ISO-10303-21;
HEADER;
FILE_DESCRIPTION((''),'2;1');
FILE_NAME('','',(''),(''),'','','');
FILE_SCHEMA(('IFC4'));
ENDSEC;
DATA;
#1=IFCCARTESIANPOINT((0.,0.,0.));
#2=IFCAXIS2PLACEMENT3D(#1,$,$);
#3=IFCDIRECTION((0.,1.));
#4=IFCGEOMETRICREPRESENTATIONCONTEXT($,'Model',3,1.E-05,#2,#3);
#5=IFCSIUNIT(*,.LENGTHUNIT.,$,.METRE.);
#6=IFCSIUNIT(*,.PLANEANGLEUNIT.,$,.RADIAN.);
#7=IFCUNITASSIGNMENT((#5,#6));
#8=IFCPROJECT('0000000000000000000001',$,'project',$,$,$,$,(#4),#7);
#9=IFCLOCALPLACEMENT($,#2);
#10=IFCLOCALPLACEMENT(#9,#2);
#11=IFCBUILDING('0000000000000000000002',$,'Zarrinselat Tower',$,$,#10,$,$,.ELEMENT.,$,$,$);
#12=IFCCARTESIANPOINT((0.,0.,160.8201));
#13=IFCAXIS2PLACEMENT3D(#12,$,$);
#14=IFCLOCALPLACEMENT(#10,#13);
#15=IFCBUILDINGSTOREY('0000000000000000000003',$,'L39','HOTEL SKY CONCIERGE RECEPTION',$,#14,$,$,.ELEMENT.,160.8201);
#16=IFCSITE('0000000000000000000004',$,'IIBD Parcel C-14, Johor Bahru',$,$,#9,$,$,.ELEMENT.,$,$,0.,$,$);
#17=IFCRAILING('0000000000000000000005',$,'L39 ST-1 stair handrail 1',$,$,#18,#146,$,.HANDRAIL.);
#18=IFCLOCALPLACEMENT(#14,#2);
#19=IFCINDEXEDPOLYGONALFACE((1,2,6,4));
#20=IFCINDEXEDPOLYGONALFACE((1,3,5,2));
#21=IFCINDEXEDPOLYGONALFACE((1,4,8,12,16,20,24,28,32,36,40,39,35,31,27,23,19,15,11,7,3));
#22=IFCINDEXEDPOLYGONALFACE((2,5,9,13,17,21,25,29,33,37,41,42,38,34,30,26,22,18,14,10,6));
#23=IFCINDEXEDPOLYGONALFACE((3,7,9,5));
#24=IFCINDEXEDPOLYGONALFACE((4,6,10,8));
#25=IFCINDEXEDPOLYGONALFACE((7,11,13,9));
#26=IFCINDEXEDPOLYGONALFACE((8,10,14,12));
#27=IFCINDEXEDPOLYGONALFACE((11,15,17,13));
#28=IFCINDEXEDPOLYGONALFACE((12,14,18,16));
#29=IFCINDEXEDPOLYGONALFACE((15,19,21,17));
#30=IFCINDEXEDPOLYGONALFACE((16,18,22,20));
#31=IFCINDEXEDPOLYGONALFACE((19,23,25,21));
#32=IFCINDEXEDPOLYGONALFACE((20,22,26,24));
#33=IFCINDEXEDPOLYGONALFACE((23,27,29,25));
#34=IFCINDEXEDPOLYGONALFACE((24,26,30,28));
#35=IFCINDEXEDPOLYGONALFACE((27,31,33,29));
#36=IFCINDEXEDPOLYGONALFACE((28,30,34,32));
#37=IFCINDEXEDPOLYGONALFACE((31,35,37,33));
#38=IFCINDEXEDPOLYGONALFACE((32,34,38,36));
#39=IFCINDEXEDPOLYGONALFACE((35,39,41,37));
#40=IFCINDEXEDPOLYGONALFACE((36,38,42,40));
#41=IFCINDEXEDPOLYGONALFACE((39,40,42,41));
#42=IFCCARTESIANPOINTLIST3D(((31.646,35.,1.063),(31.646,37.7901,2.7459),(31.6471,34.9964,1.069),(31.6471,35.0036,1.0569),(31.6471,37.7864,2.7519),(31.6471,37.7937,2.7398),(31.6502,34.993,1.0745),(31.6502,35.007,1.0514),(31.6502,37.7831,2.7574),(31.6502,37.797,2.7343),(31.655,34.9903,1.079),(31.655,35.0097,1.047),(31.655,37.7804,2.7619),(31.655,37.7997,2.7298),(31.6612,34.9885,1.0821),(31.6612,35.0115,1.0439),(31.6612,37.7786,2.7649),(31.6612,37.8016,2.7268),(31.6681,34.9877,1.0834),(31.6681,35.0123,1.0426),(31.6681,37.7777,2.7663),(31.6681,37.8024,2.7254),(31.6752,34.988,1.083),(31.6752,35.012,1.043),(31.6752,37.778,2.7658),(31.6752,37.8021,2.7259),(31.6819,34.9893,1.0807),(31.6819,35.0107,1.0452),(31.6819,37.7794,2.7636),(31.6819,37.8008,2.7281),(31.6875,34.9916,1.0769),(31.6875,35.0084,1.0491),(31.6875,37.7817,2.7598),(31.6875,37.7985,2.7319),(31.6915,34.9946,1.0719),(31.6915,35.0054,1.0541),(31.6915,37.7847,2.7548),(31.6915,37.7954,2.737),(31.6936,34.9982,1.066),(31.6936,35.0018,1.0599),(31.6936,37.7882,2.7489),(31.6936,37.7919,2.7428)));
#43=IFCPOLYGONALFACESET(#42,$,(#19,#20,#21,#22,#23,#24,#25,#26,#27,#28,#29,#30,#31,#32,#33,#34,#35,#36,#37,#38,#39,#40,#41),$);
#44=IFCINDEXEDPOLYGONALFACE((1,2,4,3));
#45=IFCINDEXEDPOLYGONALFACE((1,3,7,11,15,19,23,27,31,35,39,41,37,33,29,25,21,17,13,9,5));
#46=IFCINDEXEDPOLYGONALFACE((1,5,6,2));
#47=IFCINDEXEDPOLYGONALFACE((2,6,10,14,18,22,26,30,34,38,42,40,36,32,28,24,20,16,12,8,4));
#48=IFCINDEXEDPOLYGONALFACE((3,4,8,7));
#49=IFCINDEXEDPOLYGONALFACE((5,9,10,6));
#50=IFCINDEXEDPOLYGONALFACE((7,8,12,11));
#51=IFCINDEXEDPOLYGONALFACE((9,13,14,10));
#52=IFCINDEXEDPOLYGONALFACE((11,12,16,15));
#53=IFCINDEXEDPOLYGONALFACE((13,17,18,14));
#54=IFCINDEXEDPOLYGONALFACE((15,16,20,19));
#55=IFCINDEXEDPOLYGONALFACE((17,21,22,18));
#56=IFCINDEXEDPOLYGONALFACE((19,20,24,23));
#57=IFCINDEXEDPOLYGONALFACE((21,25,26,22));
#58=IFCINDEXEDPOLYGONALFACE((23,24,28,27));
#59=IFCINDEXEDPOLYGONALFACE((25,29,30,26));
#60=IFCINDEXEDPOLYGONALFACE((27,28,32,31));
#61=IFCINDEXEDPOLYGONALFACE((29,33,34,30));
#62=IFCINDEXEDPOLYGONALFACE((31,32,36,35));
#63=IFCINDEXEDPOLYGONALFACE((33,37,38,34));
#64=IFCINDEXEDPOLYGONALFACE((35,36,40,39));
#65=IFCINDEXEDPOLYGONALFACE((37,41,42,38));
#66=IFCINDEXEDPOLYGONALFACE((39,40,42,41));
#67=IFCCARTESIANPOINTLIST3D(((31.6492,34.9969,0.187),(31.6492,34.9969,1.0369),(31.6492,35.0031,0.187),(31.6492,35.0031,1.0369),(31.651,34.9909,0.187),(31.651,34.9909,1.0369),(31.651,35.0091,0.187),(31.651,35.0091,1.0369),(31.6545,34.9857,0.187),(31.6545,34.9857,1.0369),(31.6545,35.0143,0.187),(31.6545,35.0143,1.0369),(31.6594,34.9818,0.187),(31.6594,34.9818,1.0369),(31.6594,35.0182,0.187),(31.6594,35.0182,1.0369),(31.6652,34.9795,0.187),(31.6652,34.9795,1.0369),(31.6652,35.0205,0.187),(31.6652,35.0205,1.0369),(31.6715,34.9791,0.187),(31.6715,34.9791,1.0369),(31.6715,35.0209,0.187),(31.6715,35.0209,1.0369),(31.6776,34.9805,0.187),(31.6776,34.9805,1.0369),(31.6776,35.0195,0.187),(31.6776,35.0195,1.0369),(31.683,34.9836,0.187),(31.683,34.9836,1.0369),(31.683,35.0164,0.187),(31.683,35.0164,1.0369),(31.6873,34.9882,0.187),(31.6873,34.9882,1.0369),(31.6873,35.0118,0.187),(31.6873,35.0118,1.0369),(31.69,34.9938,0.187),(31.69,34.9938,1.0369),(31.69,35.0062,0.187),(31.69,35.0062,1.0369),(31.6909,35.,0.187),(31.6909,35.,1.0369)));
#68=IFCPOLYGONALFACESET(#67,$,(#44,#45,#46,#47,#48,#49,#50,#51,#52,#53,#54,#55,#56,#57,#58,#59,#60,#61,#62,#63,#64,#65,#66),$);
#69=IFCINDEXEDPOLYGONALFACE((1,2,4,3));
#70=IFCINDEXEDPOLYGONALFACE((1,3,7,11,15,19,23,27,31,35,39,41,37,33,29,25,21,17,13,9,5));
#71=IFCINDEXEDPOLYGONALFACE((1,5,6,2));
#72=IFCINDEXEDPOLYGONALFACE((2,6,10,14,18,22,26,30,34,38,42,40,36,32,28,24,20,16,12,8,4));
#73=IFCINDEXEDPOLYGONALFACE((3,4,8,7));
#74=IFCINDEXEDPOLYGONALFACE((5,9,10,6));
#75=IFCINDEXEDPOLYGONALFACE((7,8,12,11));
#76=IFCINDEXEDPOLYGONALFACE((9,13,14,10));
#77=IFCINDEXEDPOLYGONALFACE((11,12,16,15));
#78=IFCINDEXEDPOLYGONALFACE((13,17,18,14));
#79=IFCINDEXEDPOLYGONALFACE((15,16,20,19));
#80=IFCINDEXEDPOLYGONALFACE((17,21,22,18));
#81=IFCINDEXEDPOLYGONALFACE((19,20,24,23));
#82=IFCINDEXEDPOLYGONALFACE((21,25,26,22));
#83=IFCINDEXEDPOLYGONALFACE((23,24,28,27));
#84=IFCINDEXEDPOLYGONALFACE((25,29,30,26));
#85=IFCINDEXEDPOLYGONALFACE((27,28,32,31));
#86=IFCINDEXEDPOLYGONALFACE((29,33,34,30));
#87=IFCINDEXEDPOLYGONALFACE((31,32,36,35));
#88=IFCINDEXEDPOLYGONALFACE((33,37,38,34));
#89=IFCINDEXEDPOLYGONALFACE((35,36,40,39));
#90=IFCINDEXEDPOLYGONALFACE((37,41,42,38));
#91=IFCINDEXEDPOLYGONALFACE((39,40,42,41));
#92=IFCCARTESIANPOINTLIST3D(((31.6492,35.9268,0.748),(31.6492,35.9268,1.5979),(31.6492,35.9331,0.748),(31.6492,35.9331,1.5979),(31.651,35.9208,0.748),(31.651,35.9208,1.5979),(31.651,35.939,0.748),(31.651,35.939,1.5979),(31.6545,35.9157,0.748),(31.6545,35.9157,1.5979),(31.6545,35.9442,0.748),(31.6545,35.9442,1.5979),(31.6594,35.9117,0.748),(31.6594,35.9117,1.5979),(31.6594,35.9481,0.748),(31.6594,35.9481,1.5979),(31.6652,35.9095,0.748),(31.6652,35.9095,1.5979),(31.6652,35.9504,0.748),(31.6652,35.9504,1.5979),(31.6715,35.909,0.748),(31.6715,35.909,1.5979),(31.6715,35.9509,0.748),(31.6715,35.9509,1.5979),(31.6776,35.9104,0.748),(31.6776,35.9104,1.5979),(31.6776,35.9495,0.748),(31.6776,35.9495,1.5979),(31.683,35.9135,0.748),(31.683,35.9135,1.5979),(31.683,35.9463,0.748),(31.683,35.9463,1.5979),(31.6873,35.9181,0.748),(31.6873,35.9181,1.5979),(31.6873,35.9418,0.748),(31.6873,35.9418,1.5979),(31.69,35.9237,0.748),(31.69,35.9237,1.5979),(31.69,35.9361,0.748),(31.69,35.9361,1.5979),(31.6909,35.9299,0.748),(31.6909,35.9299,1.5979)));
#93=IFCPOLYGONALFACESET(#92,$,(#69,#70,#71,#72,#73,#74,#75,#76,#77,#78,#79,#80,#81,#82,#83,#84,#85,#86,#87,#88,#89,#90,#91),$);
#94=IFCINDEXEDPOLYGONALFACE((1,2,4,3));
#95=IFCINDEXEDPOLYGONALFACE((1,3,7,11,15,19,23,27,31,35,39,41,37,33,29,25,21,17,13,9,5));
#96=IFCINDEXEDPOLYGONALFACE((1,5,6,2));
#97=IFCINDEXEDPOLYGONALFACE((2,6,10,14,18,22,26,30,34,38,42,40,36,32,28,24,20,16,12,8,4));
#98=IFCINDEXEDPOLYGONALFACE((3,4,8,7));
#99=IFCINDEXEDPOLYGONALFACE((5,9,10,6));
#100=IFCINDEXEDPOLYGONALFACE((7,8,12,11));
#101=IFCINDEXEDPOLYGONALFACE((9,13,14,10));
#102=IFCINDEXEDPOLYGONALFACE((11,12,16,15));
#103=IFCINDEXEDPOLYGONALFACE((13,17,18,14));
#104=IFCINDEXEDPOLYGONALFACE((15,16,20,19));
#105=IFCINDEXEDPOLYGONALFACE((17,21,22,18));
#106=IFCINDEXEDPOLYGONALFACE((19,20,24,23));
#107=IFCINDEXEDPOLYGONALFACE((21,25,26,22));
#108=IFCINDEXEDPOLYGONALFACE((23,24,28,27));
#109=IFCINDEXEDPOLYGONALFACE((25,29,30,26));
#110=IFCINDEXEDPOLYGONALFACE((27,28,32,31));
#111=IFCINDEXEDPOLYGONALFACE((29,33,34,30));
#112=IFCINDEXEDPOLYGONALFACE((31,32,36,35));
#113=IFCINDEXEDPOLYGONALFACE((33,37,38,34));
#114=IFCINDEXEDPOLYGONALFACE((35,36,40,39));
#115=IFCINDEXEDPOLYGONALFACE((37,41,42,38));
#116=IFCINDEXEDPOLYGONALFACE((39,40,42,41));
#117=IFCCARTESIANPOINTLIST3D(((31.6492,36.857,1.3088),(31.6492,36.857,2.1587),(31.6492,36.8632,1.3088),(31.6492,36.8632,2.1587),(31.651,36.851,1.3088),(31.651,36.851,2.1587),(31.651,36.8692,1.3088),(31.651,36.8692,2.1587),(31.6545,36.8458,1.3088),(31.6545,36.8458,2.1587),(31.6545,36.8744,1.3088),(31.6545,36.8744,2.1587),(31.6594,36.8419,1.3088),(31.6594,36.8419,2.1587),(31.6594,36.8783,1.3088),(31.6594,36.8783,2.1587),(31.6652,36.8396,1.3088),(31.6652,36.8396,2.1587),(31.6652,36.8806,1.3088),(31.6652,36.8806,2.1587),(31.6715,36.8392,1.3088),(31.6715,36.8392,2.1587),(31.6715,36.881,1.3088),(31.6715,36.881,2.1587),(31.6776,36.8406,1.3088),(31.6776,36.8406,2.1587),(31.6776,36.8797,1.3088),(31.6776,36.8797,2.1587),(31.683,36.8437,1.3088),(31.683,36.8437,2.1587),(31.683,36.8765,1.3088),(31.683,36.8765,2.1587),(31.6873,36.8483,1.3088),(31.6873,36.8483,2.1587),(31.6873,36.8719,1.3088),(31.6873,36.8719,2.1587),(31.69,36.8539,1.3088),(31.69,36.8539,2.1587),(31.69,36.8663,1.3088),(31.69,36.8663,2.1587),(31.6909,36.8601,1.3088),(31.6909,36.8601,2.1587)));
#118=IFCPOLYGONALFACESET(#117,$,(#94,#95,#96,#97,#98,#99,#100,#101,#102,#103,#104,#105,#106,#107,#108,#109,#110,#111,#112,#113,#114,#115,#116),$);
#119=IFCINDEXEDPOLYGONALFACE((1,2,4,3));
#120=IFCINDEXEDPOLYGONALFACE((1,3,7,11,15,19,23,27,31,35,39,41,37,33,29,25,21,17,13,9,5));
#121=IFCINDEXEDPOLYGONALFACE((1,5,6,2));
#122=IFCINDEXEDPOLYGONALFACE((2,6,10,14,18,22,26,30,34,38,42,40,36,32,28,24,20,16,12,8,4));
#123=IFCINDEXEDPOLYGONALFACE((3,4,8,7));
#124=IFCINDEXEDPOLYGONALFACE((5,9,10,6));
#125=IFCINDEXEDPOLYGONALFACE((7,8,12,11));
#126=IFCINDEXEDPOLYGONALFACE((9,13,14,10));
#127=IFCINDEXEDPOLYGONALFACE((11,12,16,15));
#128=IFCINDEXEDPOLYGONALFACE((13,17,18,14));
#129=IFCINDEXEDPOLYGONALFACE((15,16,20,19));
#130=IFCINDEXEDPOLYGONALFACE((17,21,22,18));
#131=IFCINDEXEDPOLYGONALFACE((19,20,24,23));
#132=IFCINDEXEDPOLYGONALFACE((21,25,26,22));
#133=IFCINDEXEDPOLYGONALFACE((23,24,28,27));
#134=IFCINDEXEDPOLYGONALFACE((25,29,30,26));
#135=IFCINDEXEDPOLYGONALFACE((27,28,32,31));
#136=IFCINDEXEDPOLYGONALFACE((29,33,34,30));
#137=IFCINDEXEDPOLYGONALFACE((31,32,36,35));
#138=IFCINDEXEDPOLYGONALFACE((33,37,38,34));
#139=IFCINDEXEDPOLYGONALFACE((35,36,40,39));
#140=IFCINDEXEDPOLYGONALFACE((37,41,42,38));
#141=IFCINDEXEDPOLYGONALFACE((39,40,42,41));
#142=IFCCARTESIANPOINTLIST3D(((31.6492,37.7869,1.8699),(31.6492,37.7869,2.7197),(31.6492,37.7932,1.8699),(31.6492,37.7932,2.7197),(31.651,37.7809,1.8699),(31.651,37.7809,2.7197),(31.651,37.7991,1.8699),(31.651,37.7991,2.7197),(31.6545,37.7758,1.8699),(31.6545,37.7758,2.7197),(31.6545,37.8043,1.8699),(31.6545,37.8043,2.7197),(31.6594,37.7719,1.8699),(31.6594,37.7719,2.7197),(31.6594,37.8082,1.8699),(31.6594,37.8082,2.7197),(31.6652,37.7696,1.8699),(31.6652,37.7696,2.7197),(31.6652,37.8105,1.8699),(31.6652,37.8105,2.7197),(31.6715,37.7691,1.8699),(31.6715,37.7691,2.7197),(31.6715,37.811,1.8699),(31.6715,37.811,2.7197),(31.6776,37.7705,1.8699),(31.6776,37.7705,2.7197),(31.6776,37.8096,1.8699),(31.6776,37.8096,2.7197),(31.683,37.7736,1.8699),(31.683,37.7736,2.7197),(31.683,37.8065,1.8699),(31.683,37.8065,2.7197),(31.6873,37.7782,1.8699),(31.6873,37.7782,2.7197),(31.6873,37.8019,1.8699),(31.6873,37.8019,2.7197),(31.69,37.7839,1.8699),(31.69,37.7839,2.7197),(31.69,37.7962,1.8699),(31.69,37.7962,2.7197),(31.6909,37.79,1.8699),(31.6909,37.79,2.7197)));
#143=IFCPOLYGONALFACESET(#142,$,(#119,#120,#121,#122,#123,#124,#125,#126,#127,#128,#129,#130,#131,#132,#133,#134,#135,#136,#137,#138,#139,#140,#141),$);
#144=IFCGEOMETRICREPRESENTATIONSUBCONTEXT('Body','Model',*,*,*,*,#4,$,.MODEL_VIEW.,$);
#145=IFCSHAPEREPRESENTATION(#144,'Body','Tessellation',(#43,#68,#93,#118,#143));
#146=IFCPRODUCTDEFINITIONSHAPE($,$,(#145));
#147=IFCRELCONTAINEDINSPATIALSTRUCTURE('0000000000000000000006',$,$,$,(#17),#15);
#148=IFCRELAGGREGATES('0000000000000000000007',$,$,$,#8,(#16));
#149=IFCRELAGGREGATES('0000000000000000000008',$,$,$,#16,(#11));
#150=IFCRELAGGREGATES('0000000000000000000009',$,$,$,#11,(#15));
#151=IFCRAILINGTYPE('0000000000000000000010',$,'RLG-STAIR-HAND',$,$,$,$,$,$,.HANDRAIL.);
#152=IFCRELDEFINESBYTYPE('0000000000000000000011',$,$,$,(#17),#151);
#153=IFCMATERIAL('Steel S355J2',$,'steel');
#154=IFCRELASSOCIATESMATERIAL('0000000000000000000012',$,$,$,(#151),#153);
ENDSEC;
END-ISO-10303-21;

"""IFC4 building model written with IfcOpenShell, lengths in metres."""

from ifc_helpers import new_model, si_unit, direction, frame, origin, origin_2d, place, context, subcontext, project, spatial, circle, extrude, material, type_object, element, save


model = new_model("IFC4")

# Units and contexts
model_context = context("Model", 3, precision=1e-05, world=origin(), true_north=direction((0.0, 1.0)))
body_context = subcontext(model_context, "Body", "Model", "MODEL_VIEW")
ifc_project = project(units=[si_unit("LENGTHUNIT", "METRE"), si_unit("PLANEANGLEUNIT", "RADIAN")], contexts=[model_context])

# Site, building, storey
site_placement = place(None, origin())
site = spatial("IfcSite", under=ifc_project, at=site_placement, Name="IIBD Parcel C-14, Johor Bahru", CompositionType="ELEMENT", RefElevation=0.0)
building_placement = place(site_placement, origin())
building = spatial("IfcBuilding", under=site, at=building_placement, Name="Zarrinselat Tower", CompositionType="ELEMENT")
storey_placement = place(building_placement, frame((0.0, 0.0, 160.8201)))
storey = spatial("IfcBuildingStorey", under=building, at=storey_placement, Name="L39", Description="HOTEL SKY CONCIERGE RECEPTION", CompositionType="ELEMENT", Elevation=160.8201)

# Railing
ifc_material_1 = material(Name="Steel S355J2", Category="steel")
railing_type_1 = type_object("IfcRailingType", Name="RLG-STAIR-HAND", PredefinedType="HANDRAIL", material=ifc_material_1)
railing_1_placement = place(storey_placement, frame((31.6699, 35.0, 0.187)))
element("IfcRailing", 1, at=railing_1_placement, inside=storey, type_object=railing_type_1, Name="L39 ST-1 stair handrail 1", PredefinedType="HANDRAIL", context=body_context, shape_type="SweptSolid", body=[
    extrude(circle(Radius=0.0239, at=origin_2d()), frame((0.0, 0.0, 0.876), z_axis=(0.0, 0.856294, 0.516489), x_axis=(-1.0, 0.0, 0.0)), (0.0, 0.0, 1.0), 3.2583),
    extrude(circle(Radius=0.021, at=origin_2d()), origin(), (0.0, 0.0, 1.0), 0.8499),
    extrude(circle(Radius=0.021, at=origin_2d()), frame((0.0, 0.9299, 0.561)), (0.0, 0.0, 1.0), 0.8499),
    extrude(circle(Radius=0.021, at=origin_2d()), frame((0.0, 1.8601, 1.1218)), (0.0, 0.0, 1.0), 0.8499),
    extrude(circle(Radius=0.021, at=origin_2d()), frame((0.0, 2.79, 1.6829)), (0.0, 0.0, 1.0), 0.8499),
])

save(model, "model.ifc")
